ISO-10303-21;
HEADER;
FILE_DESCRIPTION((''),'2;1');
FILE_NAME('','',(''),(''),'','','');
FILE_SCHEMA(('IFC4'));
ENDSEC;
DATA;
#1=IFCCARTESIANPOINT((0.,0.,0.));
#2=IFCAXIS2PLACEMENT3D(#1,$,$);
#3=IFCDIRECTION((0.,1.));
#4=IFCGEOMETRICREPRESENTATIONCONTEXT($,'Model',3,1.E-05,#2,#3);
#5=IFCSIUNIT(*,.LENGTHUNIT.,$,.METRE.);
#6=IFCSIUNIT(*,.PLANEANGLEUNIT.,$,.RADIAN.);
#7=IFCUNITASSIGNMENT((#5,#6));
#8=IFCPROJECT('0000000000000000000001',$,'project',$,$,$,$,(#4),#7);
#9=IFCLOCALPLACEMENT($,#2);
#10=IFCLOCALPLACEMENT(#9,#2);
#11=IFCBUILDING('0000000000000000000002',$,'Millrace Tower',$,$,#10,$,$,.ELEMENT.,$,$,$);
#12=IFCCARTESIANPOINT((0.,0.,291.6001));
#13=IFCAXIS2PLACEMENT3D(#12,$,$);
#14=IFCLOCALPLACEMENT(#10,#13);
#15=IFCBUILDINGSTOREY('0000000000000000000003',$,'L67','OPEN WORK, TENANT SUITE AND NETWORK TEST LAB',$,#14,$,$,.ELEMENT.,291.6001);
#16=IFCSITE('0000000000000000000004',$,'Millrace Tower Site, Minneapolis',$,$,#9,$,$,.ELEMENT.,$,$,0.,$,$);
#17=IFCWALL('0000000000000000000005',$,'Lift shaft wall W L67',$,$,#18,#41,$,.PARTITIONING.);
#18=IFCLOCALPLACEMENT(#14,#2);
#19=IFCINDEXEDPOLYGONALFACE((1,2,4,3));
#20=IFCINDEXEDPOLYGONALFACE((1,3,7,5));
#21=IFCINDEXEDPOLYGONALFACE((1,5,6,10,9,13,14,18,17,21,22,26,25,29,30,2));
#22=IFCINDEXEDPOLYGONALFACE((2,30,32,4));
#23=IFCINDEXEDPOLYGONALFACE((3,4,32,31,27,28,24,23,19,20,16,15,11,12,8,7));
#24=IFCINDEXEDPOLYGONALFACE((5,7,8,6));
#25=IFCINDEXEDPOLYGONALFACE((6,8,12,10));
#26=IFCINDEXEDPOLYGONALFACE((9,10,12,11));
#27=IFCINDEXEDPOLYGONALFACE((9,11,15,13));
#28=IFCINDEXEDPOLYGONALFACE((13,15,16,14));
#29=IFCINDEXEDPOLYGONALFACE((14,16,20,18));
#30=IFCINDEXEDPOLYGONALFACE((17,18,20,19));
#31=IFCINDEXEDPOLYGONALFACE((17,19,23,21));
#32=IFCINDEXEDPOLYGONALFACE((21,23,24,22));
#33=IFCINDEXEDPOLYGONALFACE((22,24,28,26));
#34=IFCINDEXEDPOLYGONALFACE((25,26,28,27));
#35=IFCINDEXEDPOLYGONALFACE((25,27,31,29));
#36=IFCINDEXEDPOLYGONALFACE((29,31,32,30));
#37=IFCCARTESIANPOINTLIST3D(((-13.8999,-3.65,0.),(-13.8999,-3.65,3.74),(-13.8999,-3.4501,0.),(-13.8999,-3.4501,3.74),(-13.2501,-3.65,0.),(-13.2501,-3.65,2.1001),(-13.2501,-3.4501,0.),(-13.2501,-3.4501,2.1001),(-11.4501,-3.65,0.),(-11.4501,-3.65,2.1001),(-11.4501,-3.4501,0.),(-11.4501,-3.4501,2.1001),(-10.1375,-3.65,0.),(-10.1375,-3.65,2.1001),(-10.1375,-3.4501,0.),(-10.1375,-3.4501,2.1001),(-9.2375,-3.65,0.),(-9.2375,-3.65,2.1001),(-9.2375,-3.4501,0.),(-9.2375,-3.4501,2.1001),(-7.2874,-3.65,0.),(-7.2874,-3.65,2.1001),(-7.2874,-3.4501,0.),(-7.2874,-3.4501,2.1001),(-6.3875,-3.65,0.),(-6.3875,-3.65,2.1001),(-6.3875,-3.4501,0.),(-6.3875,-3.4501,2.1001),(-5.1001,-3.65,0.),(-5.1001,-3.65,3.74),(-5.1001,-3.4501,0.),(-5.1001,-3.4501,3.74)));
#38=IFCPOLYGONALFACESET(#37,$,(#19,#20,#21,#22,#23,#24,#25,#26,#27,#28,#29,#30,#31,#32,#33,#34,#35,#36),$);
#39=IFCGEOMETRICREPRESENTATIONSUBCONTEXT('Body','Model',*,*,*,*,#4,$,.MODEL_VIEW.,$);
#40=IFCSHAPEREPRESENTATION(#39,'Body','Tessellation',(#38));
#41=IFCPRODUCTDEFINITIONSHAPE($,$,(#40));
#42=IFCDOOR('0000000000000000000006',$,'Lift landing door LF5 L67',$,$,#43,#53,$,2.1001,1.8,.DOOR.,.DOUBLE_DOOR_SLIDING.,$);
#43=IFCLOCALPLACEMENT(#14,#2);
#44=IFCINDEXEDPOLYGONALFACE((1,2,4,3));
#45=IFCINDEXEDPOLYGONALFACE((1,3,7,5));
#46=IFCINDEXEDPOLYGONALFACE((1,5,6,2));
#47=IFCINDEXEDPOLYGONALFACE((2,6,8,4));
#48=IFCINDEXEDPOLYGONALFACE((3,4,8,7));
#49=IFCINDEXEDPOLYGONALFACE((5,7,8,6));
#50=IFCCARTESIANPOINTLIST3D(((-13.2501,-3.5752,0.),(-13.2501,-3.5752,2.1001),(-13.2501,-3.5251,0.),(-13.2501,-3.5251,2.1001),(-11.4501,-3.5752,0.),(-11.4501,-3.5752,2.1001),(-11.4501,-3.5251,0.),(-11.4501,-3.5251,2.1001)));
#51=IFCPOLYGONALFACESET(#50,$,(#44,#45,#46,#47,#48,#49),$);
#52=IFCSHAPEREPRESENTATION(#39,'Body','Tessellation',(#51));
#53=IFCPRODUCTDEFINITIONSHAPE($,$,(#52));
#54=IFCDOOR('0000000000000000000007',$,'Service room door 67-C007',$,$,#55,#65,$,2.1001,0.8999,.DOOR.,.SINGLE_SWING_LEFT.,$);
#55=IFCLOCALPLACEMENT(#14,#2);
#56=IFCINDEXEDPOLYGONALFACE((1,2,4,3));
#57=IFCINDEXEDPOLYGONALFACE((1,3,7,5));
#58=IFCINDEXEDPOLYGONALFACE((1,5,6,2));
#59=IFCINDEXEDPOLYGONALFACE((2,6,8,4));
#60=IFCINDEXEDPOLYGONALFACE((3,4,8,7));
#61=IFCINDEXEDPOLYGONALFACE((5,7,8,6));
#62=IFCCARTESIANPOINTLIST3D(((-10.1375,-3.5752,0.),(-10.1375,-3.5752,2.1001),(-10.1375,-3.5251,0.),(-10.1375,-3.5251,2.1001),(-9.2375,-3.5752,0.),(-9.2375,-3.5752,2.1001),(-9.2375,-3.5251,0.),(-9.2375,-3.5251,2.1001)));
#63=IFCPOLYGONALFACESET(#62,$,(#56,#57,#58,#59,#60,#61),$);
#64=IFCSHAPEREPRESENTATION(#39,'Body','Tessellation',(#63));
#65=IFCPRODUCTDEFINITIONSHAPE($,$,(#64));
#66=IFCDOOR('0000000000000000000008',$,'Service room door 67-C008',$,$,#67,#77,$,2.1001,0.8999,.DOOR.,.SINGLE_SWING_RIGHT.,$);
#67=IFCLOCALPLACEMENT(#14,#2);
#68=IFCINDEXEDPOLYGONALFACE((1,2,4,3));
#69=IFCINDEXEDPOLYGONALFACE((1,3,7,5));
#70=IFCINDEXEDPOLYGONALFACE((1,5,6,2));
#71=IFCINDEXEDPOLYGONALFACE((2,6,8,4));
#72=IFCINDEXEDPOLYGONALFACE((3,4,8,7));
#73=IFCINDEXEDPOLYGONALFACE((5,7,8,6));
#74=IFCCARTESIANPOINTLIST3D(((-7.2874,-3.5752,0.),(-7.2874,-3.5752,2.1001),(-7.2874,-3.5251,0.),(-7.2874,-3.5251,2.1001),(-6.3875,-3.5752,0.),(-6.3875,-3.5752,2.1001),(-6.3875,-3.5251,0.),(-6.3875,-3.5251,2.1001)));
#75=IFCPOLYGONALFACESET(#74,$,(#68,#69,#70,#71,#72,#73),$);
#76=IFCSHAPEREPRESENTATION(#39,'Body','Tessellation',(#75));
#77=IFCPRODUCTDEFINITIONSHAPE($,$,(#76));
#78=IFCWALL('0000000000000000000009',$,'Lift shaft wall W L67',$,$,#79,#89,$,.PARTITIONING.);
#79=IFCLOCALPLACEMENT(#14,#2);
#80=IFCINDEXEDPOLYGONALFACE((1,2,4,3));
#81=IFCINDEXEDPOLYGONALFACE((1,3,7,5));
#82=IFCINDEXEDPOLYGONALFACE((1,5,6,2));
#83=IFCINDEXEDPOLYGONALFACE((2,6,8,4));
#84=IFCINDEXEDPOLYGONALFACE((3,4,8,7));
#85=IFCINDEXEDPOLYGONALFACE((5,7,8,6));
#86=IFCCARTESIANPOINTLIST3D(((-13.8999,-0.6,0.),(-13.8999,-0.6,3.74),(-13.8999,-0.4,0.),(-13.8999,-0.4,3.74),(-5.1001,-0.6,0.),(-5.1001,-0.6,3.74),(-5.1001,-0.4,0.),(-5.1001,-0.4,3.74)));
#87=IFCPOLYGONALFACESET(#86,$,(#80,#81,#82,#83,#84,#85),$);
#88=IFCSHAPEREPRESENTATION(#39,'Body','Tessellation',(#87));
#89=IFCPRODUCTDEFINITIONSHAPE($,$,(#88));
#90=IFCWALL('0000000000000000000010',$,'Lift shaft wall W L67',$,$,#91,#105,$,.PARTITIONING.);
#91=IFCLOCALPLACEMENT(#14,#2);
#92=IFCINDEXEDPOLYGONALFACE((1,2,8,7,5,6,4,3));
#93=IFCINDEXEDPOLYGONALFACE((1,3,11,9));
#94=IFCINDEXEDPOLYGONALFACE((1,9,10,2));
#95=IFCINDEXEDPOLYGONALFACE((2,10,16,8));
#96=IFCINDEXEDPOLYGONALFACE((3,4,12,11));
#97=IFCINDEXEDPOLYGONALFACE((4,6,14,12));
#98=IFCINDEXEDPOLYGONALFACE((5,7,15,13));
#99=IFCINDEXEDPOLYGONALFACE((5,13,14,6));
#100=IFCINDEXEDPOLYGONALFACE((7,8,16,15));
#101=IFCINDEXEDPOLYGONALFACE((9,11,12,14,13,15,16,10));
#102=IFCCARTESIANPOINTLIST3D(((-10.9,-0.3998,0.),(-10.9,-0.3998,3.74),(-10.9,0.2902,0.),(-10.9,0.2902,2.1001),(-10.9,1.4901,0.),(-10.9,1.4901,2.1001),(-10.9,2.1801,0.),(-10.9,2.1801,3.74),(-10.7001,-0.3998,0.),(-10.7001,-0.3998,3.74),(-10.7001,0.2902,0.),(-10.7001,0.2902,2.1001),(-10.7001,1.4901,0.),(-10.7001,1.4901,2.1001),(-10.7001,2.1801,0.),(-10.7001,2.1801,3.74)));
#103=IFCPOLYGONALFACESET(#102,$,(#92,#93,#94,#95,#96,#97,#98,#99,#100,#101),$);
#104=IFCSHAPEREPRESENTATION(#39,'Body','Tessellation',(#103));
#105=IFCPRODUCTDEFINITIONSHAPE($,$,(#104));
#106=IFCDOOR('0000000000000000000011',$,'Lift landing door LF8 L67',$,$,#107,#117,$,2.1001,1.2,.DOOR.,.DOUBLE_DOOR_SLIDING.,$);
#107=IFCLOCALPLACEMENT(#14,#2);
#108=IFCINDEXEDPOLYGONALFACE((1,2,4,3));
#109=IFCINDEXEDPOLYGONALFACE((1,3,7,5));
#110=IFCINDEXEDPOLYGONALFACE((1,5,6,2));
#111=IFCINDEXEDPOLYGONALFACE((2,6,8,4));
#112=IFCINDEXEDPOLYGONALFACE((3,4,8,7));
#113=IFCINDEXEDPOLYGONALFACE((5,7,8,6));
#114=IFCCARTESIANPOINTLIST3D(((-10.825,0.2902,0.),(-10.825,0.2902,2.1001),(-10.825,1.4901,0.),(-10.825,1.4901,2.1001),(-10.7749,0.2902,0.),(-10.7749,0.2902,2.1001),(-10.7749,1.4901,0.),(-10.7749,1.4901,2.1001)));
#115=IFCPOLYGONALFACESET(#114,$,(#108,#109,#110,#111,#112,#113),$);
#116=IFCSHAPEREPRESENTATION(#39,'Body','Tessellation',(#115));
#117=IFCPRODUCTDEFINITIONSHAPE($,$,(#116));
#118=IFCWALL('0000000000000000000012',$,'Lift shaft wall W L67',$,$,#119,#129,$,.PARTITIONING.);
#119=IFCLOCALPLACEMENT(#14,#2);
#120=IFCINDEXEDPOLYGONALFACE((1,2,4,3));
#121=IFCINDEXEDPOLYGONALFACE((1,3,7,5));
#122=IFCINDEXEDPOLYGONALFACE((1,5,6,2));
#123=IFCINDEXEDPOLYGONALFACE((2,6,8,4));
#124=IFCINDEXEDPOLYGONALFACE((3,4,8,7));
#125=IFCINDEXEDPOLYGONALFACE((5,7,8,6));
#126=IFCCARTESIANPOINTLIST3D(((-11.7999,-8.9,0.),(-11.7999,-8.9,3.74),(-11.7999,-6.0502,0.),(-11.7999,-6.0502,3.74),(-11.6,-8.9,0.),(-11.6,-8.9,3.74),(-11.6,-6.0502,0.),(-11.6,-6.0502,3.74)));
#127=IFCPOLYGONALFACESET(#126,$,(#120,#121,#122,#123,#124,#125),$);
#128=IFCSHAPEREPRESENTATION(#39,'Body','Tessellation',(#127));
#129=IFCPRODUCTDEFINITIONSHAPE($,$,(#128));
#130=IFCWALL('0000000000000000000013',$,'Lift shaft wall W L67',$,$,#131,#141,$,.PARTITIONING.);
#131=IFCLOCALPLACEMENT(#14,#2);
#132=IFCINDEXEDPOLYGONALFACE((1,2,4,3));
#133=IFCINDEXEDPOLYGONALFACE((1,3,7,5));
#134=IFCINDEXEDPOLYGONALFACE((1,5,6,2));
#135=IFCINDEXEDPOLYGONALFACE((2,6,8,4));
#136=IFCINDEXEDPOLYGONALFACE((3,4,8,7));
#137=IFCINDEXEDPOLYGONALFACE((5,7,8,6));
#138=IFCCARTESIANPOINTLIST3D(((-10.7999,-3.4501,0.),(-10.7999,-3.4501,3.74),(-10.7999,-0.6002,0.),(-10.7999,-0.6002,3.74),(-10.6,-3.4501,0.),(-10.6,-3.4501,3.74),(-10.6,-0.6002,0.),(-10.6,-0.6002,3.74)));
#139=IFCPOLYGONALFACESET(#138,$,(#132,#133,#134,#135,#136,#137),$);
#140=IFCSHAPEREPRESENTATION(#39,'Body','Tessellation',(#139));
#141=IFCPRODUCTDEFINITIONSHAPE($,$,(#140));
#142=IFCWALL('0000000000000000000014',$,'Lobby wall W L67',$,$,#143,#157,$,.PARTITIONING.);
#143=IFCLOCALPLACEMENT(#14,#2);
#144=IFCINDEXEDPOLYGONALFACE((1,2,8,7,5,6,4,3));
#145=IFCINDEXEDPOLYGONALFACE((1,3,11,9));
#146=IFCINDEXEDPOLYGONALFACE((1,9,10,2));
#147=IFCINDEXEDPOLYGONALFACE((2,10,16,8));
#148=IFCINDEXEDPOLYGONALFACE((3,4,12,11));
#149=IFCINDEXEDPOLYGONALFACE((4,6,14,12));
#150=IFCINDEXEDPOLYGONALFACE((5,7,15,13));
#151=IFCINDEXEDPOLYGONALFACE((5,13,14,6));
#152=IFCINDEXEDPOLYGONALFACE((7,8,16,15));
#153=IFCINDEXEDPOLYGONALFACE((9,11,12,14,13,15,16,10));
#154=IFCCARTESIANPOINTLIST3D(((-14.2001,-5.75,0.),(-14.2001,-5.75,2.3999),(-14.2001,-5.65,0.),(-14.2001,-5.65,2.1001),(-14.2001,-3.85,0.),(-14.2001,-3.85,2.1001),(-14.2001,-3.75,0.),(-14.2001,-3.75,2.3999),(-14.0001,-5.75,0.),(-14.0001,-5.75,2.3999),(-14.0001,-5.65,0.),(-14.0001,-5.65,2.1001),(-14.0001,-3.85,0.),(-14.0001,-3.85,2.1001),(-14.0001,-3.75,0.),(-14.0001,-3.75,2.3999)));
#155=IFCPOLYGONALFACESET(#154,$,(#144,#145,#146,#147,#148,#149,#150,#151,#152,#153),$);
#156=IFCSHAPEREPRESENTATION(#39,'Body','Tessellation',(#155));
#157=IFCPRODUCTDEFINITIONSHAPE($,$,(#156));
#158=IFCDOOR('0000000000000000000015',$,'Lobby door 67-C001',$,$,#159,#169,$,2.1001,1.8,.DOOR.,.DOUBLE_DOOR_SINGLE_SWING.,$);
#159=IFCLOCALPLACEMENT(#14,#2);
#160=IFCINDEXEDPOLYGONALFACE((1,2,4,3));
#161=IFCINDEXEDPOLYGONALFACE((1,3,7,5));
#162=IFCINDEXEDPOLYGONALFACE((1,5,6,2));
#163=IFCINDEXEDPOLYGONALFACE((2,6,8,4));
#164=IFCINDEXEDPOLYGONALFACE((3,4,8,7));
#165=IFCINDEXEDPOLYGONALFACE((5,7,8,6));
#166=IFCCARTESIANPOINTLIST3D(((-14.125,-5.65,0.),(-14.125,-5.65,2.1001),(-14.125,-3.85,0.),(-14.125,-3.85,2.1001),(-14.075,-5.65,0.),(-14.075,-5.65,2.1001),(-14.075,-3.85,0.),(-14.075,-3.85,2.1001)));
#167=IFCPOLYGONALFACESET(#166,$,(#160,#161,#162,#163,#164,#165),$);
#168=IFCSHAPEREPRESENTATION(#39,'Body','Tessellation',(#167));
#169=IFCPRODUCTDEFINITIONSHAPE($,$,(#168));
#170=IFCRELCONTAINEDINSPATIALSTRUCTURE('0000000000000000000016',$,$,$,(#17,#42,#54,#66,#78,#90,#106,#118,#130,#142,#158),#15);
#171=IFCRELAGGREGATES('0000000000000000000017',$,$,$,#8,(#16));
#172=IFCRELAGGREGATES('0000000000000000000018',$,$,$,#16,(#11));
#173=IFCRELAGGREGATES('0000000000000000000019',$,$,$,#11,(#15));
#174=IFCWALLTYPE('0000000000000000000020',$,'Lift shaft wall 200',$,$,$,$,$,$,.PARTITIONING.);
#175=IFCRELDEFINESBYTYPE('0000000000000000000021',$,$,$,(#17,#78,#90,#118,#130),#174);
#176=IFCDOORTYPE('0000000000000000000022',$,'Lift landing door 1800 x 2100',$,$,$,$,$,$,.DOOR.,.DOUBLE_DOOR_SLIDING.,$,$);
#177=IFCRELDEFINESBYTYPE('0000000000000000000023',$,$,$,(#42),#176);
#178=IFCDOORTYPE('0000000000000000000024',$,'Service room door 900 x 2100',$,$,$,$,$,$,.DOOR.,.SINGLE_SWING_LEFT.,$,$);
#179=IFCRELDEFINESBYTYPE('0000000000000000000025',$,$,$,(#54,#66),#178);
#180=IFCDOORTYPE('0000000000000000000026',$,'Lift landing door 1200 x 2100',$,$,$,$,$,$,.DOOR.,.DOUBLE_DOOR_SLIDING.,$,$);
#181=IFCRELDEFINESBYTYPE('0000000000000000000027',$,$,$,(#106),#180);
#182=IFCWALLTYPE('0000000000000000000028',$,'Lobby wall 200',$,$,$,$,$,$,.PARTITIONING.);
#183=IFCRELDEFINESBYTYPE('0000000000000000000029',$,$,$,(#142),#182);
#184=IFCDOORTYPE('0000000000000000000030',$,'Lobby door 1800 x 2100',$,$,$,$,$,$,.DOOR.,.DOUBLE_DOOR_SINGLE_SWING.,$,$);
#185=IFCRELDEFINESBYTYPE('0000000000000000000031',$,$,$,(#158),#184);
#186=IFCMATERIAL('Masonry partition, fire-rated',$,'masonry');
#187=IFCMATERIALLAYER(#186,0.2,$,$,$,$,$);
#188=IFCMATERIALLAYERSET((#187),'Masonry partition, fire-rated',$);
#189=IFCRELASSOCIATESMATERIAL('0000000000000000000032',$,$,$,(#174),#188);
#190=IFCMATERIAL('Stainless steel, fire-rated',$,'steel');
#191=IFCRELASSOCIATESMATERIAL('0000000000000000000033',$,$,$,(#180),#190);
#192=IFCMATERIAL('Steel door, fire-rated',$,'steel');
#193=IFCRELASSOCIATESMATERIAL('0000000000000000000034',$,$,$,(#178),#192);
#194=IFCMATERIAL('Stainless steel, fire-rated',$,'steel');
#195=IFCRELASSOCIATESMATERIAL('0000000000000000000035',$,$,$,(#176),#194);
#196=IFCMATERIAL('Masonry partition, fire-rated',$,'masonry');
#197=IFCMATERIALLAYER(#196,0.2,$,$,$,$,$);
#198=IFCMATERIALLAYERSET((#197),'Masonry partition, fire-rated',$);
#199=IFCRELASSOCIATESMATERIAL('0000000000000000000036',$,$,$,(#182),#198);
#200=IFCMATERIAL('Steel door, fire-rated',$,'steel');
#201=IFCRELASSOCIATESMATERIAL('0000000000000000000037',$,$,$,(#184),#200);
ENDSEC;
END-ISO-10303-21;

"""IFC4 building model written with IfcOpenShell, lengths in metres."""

from ifc_helpers import new_model, si_unit, direction, frame, frame_2d, origin, place, context, subcontext, project, spatial, rectangle, extrude, material, layer, layer_set, type_object, element, fill, save


model = new_model("IFC4")

# Units and contexts
model_context = context("Model", 3, precision=1e-05, world=origin(), true_north=direction((0.0, 1.0)))
body_context = subcontext(model_context, "Body", "Model", "MODEL_VIEW")
ifc_project = project(units=[si_unit("LENGTHUNIT", "METRE"), si_unit("PLANEANGLEUNIT", "RADIAN")], contexts=[model_context])

# Site, building, storey
site_placement = place(None, origin())
site = spatial("IfcSite", under=ifc_project, at=site_placement, Name="Millrace Tower Site, Minneapolis", CompositionType="ELEMENT", RefElevation=0.0)
building_placement = place(site_placement, origin())
building = spatial("IfcBuilding", under=site, at=building_placement, Name="Millrace Tower", CompositionType="ELEMENT")
storey_placement = place(building_placement, frame((0.0, 0.0, 291.6001)))
storey = spatial("IfcBuildingStorey", under=building, at=storey_placement, Name="L67", Description="OPEN WORK, TENANT SUITE AND NETWORK TEST LAB", CompositionType="ELEMENT", Elevation=291.6001)

# Wall, openings, doors
ifc_material_1 = material(Name="Masonry partition, fire-rated", Category="masonry")
ifc_layer_1 = layer(ifc_material_1, 0.2)
ifc_layer_set_1 = layer_set([ifc_layer_1], Name="Masonry partition, fire-rated")
wall_type_1 = type_object("IfcWallType", Name="Lift shaft wall 200", PredefinedType="PARTITIONING", material=ifc_layer_set_1)
ifc_material_2 = material(Name="Stainless steel, fire-rated", Category="steel")
door_type_1 = type_object("IfcDoorType", Name="Lift landing door 1200 x 2100", OperationType="DOUBLE_DOOR_SLIDING", PredefinedType="DOOR", material=ifc_material_2)
ifc_material_3 = material(Name="Steel door, fire-rated", Category="steel")
door_type_2 = type_object("IfcDoorType", Name="Service room door 900 x 2100", OperationType="SINGLE_SWING_LEFT", PredefinedType="DOOR", material=ifc_material_3)
wall_1_placement = place(storey_placement, frame((-13.8999, -3.55, 0.0), z_axis=(0.0, 0.0, 1.0), x_axis=(1.0, 0.0, 0.0)))
wall_1 = element("IfcWall", 1, at=wall_1_placement, inside=storey, type_object=wall_type_1, Name="Lift shaft wall W L67", PredefinedType="PARTITIONING", context=body_context, shape_type="SweptSolid", body=[
    extrude(rectangle(XDim=8.7998, YDim=0.2, at=frame_2d((4.3999, 0.0))), origin(), (0.0, 0.0, 1.0), 3.74),
])
opening_1_placement = place(wall_1_placement, frame((0.6499, 0.0, 0.0)))
opening_1 = element("IfcOpeningElement", 2, at=opening_1_placement, cuts=wall_1, PredefinedType="OPENING", context=body_context, shape_type="SweptSolid", body=[
    extrude(rectangle(XDim=1.8, YDim=2.1001, at=frame_2d((0.8999, 1.05))), frame((0.0, 0.1099, 0.0), z_axis=(0.0, -1.0, 0.0), x_axis=(1.0, 0.0, 0.0)), (0.0, 0.0, 1.0), 0.22),
])
opening_2_placement = place(wall_1_placement, frame((3.7625, 0.0, 0.0)))
opening_2 = element("IfcOpeningElement", 3, at=opening_2_placement, cuts=wall_1, PredefinedType="OPENING", context=body_context, shape_type="SweptSolid", body=[
    extrude(rectangle(XDim=0.8999, YDim=2.1001, at=frame_2d((0.45, 1.05))), frame((0.0, 0.1099, 0.0), z_axis=(0.0, -1.0, 0.0), x_axis=(1.0, 0.0, 0.0)), (0.0, 0.0, 1.0), 0.22),
])
opening_3_placement = place(wall_1_placement, frame((6.6125, 0.0, 0.0)))
opening_3 = element("IfcOpeningElement", 4, at=opening_3_placement, cuts=wall_1, PredefinedType="OPENING", context=body_context, shape_type="SweptSolid", body=[
    extrude(rectangle(XDim=0.8999, YDim=2.1001, at=frame_2d((0.45, 1.05))), frame((0.0, 0.1099, 0.0), z_axis=(0.0, -1.0, 0.0), x_axis=(1.0, 0.0, 0.0)), (0.0, 0.0, 1.0), 0.22),
])
ifc_material_4 = material(Name="Stainless steel, fire-rated", Category="steel")
door_type_3 = type_object("IfcDoorType", Name="Lift landing door 1800 x 2100", OperationType="DOUBLE_DOOR_SLIDING", PredefinedType="DOOR", material=ifc_material_4)
door_1_placement = place(opening_1_placement, origin())
door_1 = element("IfcDoor", 5, at=door_1_placement, inside=storey, type_object=door_type_3, Name="Lift landing door LF5 L67", OperationType="DOUBLE_DOOR_SLIDING", OverallHeight=2.1001, OverallWidth=1.8, PredefinedType="DOOR", context=body_context, shape_type="SweptSolid", body=[
    extrude(rectangle(XDim=1.8, YDim=2.1001, at=frame_2d((0.8999, 1.05))), frame((0.0, 0.0249, 0.0), z_axis=(0.0, -1.0, 0.0), x_axis=(1.0, 0.0, 0.0)), (0.0, 0.0, 1.0), 0.05),
])
fill(opening_1, door_1)
door_2_placement = place(opening_2_placement, origin())
door_2 = element("IfcDoor", 6, at=door_2_placement, inside=storey, type_object=door_type_2, Name="Service room door 67-C007", OperationType="SINGLE_SWING_LEFT", OverallHeight=2.1001, OverallWidth=0.8999, PredefinedType="DOOR", context=body_context, shape_type="SweptSolid", body=[
    extrude(rectangle(XDim=0.8999, YDim=2.1001, at=frame_2d((0.45, 1.05))), frame((0.0, 0.0249, 0.0), z_axis=(0.0, -1.0, 0.0), x_axis=(1.0, 0.0, 0.0)), (0.0, 0.0, 1.0), 0.05),
])
fill(opening_2, door_2)
door_3_placement = place(opening_3_placement, origin())
door_3 = element("IfcDoor", 7, at=door_3_placement, inside=storey, type_object=door_type_2, Name="Service room door 67-C008", OperationType="SINGLE_SWING_RIGHT", OverallHeight=2.1001, OverallWidth=0.8999, PredefinedType="DOOR", context=body_context, shape_type="SweptSolid", body=[
    extrude(rectangle(XDim=0.8999, YDim=2.1001, at=frame_2d((0.45, 1.05))), frame((0.0, 0.0249, 0.0), z_axis=(0.0, -1.0, 0.0), x_axis=(1.0, 0.0, 0.0)), (0.0, 0.0, 1.0), 0.05),
])
fill(opening_3, door_3)

# Wall
wall_2_placement = place(storey_placement, frame((-13.8999, -0.5, 0.0), z_axis=(0.0, 0.0, 1.0), x_axis=(1.0, 0.0, 0.0)))
element("IfcWall", 8, at=wall_2_placement, inside=storey, type_object=wall_type_1, Name="Lift shaft wall W L67", PredefinedType="PARTITIONING", context=body_context, shape_type="SweptSolid", body=[
    extrude(rectangle(XDim=8.7998, YDim=0.2, at=frame_2d((4.3999, 0.0))), origin(), (0.0, 0.0, 1.0), 3.74),
])

# Wall, opening, door
wall_3_placement = place(storey_placement, frame((-10.8, -0.3999, 0.0), z_axis=(0.0, 0.0, 1.0), x_axis=(0.0, 1.0, 0.0)))
wall_3 = element("IfcWall", 9, at=wall_3_placement, inside=storey, type_object=wall_type_1, Name="Lift shaft wall W L67", PredefinedType="PARTITIONING", context=body_context, shape_type="SweptSolid", body=[
    extrude(rectangle(XDim=2.5798, YDim=0.2, at=frame_2d((1.29, 0.0))), origin(), (0.0, 0.0, 1.0), 3.74),
])
opening_4_placement = place(wall_3_placement, frame((0.6899, 0.0, 0.0)))
opening_4 = element("IfcOpeningElement", 10, at=opening_4_placement, cuts=wall_3, PredefinedType="OPENING", context=body_context, shape_type="SweptSolid", body=[
    extrude(rectangle(XDim=1.2, YDim=2.1001, at=frame_2d((0.6001, 1.05))), frame((0.0, 0.1099, 0.0), z_axis=(0.0, -1.0, 0.0), x_axis=(1.0, 0.0, 0.0)), (0.0, 0.0, 1.0), 0.22),
])
door_4_placement = place(opening_4_placement, origin())
door_4 = element("IfcDoor", 11, at=door_4_placement, inside=storey, type_object=door_type_1, Name="Lift landing door LF8 L67", OperationType="DOUBLE_DOOR_SLIDING", OverallHeight=2.1001, OverallWidth=1.2, PredefinedType="DOOR", context=body_context, shape_type="SweptSolid", body=[
    extrude(rectangle(XDim=1.2, YDim=2.1001, at=frame_2d((0.6001, 1.05))), frame((0.0, 0.0249, 0.0), z_axis=(0.0, -1.0, 0.0), x_axis=(1.0, 0.0, 0.0)), (0.0, 0.0, 1.0), 0.05),
])
fill(opening_4, door_4)

# Walls
for number, where, z_axis, x_axis, name in (
    (12, (-11.7, -8.8999, 0.0), (0.0, 0.0, 1.0), (0.0, 1.0, 0.0), "Lift shaft wall W L67"),
    (13, (-10.7, -3.45, 0.0), (0.0, 0.0, 1.0), (0.0, 1.0, 0.0), "Lift shaft wall W L67"),
):
    element("IfcWall", number, at=place(storey_placement, frame(where, z_axis=z_axis, x_axis=x_axis)), inside=storey, type_object=wall_type_1, Name=name, PredefinedType="PARTITIONING", context=body_context, shape_type="SweptSolid", body=[
        extrude(rectangle(XDim=2.8499, YDim=0.2, at=frame_2d((1.4248, 0.0))), origin(), (0.0, 0.0, 1.0), 3.74),
    ])

# Wall, opening, door
ifc_material_5 = material(Name="Masonry partition, fire-rated", Category="masonry")
ifc_layer_2 = layer(ifc_material_5, 0.2)
ifc_layer_set_2 = layer_set([ifc_layer_2], Name="Masonry partition, fire-rated")
wall_type_2 = type_object("IfcWallType", Name="Lobby wall 200", PredefinedType="PARTITIONING", material=ifc_layer_set_2)
wall_4_placement = place(storey_placement, frame((-14.1001, -5.75, 0.0), z_axis=(0.0, 0.0, 1.0), x_axis=(0.0, 1.0, 0.0)))
wall_4 = element("IfcWall", 14, at=wall_4_placement, inside=storey, type_object=wall_type_2, Name="Lobby wall W L67", PredefinedType="PARTITIONING", context=body_context, shape_type="SweptSolid", body=[
    extrude(rectangle(XDim=2.0, YDim=0.2, at=frame_2d((1.0, 0.0))), origin(), (0.0, 0.0, 1.0), 2.3999),
])
opening_5_placement = place(wall_4_placement, frame((0.1001, 0.0, 0.0)))
opening_5 = element("IfcOpeningElement", 15, at=opening_5_placement, cuts=wall_4, PredefinedType="OPENING", context=body_context, shape_type="SweptSolid", body=[
    extrude(rectangle(XDim=1.8, YDim=2.1001, at=frame_2d((0.8999, 1.05))), frame((0.0, 0.1099, 0.0), z_axis=(0.0, -1.0, 0.0), x_axis=(1.0, 0.0, 0.0)), (0.0, 0.0, 1.0), 0.22),
])
ifc_material_6 = material(Name="Steel door, fire-rated", Category="steel")
door_type_4 = type_object("IfcDoorType", Name="Lobby door 1800 x 2100", OperationType="DOUBLE_DOOR_SINGLE_SWING", PredefinedType="DOOR", material=ifc_material_6)
door_5_placement = place(opening_5_placement, origin())
door_5 = element("IfcDoor", 16, at=door_5_placement, inside=storey, type_object=door_type_4, Name="Lobby door 67-C001", OperationType="DOUBLE_DOOR_SINGLE_SWING", OverallHeight=2.1001, OverallWidth=1.8, PredefinedType="DOOR", context=body_context, shape_type="SweptSolid", body=[
    extrude(rectangle(XDim=1.8, YDim=2.1001, at=frame_2d((0.8999, 1.05))), frame((0.0, 0.0249, 0.0), z_axis=(0.0, -1.0, 0.0), x_axis=(1.0, 0.0, 0.0)), (0.0, 0.0, 1.0), 0.05),
])
fill(opening_5, door_5)

save(model, "model.ifc")
